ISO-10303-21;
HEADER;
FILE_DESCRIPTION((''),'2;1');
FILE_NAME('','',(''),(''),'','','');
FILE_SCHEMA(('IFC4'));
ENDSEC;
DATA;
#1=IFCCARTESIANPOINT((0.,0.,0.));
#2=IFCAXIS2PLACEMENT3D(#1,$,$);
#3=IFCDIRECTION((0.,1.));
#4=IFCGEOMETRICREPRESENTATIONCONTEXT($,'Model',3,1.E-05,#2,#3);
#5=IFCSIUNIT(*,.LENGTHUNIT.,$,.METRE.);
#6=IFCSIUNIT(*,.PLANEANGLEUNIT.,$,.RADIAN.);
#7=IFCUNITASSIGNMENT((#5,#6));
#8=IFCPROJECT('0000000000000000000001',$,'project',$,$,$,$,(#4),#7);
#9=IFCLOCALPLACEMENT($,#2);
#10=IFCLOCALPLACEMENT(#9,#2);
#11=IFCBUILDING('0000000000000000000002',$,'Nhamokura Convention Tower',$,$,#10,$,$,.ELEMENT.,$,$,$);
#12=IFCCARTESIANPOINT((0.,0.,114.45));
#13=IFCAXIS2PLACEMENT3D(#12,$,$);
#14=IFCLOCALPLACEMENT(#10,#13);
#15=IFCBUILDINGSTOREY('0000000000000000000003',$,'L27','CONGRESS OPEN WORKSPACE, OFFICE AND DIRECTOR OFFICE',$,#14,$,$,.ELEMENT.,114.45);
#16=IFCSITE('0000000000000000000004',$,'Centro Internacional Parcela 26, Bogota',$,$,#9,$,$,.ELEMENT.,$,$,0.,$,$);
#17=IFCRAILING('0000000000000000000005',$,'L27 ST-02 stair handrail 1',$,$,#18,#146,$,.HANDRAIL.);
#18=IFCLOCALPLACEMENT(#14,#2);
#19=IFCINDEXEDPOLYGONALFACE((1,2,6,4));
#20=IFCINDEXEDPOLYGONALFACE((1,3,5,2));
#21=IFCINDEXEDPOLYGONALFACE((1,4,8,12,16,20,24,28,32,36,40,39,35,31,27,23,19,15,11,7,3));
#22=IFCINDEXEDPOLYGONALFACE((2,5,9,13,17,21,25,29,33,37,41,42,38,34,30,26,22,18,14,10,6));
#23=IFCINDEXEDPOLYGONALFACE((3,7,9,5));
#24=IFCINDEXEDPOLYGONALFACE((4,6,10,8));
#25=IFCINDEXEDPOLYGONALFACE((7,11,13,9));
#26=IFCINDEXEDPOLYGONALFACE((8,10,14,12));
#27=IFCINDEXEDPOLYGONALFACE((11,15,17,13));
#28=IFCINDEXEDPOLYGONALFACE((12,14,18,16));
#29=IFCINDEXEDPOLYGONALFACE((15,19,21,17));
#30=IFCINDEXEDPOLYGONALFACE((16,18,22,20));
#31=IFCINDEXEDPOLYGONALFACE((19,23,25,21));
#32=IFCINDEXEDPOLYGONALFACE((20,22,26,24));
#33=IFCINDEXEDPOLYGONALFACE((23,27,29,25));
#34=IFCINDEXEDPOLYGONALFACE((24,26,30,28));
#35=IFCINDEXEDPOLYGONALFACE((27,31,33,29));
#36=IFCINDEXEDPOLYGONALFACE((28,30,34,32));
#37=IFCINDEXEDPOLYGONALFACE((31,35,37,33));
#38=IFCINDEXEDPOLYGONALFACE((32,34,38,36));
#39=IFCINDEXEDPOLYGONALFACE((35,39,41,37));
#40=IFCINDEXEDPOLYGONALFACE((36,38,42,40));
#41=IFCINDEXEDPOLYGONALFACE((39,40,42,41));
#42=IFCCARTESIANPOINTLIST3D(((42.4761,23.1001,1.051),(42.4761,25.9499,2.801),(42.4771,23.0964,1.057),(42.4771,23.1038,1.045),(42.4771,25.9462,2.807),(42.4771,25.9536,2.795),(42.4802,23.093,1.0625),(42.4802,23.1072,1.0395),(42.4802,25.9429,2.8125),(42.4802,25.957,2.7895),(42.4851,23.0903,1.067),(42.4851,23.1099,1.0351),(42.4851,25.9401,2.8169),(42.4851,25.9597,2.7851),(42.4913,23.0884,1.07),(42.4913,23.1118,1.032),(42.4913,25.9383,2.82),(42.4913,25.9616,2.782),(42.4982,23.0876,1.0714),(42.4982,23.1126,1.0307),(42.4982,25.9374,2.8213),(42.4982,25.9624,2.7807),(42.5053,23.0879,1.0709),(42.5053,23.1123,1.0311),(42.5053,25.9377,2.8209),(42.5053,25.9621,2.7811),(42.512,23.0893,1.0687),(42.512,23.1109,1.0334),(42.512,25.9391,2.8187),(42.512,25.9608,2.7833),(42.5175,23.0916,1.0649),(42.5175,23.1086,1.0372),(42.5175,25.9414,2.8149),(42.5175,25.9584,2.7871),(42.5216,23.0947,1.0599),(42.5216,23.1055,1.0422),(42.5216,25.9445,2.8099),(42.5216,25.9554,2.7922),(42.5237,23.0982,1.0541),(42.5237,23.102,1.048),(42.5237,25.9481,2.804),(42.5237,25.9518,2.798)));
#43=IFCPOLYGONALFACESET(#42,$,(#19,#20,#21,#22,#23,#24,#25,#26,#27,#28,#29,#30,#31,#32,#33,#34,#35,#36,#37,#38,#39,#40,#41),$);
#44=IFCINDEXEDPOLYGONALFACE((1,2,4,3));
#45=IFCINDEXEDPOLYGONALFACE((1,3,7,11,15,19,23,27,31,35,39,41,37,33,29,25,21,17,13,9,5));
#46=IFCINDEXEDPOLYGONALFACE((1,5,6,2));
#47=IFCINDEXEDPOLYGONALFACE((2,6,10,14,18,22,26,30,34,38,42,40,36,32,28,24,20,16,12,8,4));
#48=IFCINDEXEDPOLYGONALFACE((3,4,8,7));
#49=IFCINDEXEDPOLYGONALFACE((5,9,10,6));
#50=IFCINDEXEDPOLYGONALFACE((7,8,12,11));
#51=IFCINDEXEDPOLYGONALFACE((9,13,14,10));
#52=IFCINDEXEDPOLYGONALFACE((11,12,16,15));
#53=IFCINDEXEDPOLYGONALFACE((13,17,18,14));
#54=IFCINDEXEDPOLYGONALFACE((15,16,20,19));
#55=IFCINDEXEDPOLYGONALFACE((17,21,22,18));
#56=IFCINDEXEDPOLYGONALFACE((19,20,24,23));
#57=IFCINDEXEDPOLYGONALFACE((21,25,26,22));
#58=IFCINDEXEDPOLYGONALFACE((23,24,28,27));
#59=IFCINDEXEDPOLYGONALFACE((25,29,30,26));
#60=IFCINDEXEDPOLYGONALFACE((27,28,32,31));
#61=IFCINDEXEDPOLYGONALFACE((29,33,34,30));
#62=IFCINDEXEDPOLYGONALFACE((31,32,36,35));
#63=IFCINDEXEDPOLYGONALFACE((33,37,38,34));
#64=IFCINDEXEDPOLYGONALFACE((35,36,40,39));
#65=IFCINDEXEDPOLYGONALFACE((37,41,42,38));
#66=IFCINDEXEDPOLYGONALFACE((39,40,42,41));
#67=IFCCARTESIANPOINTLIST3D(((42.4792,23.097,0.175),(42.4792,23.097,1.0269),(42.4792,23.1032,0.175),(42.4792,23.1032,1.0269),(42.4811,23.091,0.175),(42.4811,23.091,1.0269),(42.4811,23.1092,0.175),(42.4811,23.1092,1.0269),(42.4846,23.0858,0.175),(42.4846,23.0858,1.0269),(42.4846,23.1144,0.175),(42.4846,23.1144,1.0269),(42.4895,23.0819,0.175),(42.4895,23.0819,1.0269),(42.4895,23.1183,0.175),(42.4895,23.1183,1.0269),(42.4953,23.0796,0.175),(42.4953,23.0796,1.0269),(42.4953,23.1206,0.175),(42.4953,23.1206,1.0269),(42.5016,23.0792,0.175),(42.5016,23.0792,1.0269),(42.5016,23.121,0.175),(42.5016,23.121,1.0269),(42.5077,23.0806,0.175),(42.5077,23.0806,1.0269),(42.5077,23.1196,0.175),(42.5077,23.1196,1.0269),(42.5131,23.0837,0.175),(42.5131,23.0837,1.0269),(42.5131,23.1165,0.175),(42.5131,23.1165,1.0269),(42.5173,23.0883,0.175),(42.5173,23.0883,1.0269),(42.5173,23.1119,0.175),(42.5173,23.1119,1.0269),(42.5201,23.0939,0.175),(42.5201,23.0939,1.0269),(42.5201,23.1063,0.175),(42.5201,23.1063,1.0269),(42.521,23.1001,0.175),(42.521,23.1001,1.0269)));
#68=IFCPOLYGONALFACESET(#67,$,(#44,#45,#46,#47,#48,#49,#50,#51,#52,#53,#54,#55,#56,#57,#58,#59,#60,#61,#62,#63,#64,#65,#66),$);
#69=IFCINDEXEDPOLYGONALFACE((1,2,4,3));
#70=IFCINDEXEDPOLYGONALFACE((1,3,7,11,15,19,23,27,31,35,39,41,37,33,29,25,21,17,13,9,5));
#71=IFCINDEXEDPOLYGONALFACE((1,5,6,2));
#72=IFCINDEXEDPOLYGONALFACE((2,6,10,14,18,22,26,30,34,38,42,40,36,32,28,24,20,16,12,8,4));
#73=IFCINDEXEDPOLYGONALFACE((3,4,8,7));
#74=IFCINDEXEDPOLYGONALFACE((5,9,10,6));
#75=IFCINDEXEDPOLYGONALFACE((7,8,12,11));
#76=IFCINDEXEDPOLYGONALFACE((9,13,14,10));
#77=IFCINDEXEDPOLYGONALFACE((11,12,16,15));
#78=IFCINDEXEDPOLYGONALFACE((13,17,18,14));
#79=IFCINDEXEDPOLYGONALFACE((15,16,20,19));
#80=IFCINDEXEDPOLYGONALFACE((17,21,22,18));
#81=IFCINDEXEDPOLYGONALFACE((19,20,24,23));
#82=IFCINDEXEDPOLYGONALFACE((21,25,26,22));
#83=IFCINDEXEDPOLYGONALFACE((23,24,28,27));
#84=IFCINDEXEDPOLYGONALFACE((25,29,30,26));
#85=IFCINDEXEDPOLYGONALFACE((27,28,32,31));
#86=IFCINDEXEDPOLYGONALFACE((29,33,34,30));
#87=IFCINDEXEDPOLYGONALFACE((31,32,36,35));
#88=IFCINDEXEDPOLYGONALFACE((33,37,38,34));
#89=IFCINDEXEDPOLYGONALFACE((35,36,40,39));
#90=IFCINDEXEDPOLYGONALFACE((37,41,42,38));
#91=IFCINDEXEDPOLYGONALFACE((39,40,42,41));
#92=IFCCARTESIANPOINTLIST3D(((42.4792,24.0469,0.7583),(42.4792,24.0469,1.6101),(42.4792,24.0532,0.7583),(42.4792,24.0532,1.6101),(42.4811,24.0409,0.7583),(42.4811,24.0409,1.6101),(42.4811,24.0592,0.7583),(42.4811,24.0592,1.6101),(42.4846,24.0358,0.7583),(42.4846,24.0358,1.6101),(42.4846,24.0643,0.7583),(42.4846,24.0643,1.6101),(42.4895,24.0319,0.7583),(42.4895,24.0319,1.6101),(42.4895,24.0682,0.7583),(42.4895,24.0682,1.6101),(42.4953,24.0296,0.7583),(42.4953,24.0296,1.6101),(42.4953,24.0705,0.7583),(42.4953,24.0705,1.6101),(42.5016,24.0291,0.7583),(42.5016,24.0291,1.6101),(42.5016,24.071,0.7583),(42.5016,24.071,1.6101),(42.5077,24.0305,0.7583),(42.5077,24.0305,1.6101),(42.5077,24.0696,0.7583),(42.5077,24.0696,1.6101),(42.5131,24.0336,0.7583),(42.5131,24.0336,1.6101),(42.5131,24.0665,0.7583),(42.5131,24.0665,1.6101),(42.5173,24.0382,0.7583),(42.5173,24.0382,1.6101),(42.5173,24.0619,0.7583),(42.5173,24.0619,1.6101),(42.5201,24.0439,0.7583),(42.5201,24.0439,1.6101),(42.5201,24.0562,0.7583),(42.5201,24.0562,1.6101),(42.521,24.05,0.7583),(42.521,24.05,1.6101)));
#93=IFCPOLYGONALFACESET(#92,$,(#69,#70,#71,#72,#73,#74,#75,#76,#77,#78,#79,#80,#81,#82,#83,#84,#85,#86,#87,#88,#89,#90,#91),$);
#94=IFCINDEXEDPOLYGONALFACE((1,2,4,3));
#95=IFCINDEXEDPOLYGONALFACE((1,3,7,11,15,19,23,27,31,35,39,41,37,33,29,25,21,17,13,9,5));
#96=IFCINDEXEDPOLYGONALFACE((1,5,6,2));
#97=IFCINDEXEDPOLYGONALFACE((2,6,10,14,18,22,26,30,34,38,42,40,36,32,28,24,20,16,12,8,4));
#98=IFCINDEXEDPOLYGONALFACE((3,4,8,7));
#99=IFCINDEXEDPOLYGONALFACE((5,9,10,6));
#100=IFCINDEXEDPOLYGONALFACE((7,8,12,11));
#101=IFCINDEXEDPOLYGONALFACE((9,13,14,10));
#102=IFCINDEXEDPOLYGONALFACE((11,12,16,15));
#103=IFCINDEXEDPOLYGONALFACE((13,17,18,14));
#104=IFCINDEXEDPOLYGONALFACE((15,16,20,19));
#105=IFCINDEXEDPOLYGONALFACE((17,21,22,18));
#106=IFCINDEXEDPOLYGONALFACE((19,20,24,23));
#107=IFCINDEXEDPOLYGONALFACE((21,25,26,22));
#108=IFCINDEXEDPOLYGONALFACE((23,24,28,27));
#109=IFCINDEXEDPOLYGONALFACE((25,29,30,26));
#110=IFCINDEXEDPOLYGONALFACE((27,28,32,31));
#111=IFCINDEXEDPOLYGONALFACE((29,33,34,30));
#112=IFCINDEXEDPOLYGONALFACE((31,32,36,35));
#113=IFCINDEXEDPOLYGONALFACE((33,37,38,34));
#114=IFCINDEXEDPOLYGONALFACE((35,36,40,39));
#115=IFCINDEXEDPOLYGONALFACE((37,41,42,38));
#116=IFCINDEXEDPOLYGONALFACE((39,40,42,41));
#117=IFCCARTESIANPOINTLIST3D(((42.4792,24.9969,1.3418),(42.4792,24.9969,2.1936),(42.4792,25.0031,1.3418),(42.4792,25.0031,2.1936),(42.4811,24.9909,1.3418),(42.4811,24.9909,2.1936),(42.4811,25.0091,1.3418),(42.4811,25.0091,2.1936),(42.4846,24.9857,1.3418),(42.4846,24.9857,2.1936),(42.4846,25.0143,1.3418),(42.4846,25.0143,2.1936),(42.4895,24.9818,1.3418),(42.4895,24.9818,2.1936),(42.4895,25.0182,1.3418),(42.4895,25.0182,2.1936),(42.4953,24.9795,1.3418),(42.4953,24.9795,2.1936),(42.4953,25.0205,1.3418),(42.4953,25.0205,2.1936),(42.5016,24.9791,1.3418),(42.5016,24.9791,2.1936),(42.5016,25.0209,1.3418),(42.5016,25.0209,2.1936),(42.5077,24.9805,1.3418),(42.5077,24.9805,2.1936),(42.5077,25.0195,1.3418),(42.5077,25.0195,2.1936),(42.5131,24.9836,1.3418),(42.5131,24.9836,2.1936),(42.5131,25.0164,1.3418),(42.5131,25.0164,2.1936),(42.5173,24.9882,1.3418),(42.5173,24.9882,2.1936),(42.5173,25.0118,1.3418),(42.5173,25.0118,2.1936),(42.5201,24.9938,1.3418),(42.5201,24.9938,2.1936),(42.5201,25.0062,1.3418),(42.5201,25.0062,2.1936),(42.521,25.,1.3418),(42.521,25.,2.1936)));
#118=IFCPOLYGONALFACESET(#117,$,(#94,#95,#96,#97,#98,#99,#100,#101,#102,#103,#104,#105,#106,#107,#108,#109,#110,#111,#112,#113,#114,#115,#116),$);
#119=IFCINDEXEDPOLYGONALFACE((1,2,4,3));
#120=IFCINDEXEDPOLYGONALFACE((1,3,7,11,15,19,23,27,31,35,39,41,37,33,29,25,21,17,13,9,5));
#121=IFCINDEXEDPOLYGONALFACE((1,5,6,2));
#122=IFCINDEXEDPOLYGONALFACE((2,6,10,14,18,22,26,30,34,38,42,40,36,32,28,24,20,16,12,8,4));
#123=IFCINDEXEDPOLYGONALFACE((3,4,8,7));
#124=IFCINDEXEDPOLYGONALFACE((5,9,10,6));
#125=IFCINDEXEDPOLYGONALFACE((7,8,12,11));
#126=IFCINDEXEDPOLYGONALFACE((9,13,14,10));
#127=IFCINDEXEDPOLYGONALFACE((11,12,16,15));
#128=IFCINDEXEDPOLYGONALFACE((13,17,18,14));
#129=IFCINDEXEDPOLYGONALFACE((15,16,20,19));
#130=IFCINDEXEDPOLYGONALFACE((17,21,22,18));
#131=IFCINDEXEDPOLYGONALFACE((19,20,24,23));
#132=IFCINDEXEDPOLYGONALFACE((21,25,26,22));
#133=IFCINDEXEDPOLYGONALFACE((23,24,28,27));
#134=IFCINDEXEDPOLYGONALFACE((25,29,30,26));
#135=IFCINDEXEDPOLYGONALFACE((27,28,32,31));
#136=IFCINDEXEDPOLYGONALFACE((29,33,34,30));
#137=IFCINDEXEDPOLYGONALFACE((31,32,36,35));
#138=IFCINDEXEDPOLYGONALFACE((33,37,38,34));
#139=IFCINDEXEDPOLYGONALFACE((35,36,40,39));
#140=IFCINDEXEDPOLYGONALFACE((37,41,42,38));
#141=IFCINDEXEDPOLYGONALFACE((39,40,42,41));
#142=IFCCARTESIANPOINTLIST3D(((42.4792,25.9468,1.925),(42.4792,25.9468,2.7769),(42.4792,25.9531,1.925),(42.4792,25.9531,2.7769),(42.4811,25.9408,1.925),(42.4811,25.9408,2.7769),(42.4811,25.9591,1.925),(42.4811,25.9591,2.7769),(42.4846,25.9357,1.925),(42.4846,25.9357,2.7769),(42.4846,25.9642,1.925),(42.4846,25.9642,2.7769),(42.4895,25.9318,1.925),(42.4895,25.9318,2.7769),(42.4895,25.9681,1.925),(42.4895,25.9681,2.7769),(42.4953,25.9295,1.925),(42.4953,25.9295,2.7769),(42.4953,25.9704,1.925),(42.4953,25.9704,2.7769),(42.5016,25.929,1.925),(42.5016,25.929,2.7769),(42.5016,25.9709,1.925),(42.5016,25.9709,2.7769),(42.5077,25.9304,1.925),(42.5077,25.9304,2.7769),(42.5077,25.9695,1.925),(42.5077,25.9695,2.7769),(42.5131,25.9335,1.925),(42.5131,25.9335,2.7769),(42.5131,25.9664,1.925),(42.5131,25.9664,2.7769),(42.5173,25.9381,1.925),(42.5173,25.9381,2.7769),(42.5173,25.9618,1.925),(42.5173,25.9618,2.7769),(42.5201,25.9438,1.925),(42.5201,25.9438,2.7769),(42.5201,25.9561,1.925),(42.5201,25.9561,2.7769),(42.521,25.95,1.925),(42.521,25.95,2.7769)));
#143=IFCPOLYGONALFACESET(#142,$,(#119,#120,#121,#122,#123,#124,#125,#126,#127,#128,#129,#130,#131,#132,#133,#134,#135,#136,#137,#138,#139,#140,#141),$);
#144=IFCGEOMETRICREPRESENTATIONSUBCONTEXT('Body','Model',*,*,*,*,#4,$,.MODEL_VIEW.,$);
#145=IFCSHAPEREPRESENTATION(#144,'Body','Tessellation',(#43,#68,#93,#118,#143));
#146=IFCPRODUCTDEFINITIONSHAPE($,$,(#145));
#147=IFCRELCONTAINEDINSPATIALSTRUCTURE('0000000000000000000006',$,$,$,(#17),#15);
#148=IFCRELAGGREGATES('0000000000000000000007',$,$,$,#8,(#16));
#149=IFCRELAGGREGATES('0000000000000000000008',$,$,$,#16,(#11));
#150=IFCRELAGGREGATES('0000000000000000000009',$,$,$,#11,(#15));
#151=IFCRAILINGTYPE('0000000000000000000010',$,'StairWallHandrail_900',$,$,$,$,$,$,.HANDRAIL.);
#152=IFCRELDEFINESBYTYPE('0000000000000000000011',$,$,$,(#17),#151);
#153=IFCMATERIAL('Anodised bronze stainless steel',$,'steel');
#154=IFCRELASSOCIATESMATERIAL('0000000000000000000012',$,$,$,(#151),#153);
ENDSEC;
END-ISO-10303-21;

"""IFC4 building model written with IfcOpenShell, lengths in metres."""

from ifc_helpers import new_model, si_unit, direction, frame, origin, origin_2d, place, context, subcontext, project, spatial, circle, extrude, material, type_object, element, save


model = new_model("IFC4")

# Units and contexts
model_context = context("Model", 3, precision=1e-05, world=origin(), true_north=direction((0.0, 1.0)))
body_context = subcontext(model_context, "Body", "Model", "MODEL_VIEW")
ifc_project = project(units=[si_unit("LENGTHUNIT", "METRE"), si_unit("PLANEANGLEUNIT", "RADIAN")], contexts=[model_context])

# Site, building, storey
site_placement = place(None, origin())
site = spatial("IfcSite", under=ifc_project, at=site_placement, Name="Centro Internacional Parcela 26, Bogota", CompositionType="ELEMENT", RefElevation=0.0)
building_placement = place(site_placement, origin())
building = spatial("IfcBuilding", under=site, at=building_placement, Name="Nhamokura Convention Tower", CompositionType="ELEMENT")
storey_placement = place(building_placement, frame((0.0, 0.0, 114.45)))
storey = spatial("IfcBuildingStorey", under=building, at=storey_placement, Name="L27", Description="CONGRESS OPEN WORKSPACE, OFFICE AND DIRECTOR OFFICE", CompositionType="ELEMENT", Elevation=114.45)

# Railing
ifc_material_1 = material(Name="Anodised bronze stainless steel", Category="steel")
railing_type_1 = type_object("IfcRailingType", Name="StairWallHandrail_900", PredefinedType="HANDRAIL", material=ifc_material_1)
railing_1_placement = place(storey_placement, frame((42.5, 23.1001, 0.175)))
element("IfcRailing", 1, at=railing_1_placement, inside=storey, type_object=railing_type_1, Name="L27 ST-02 stair handrail 1", PredefinedType="HANDRAIL", context=body_context, shape_type="SweptSolid", body=[
    extrude(circle(Radius=0.0239, at=origin_2d()), frame((0.0, 0.0, 0.876), z_axis=(0.0, 0.852159, 0.523283), x_axis=(-1.0, 0.0, 0.0)), (0.0, 0.0, 1.0), 3.3442),
    extrude(circle(Radius=0.021, at=origin_2d()), origin(), (0.0, 0.0, 1.0), 0.8518),
    extrude(circle(Radius=0.021, at=origin_2d()), frame((0.0, 0.95, 0.5833)), (0.0, 0.0, 1.0), 0.8518),
    extrude(circle(Radius=0.021, at=origin_2d()), frame((0.0, 1.8999, 1.1667)), (0.0, 0.0, 1.0), 0.8518),
    extrude(circle(Radius=0.021, at=origin_2d()), frame((0.0, 2.8499, 1.75)), (0.0, 0.0, 1.0), 0.8518),
])

save(model, "model.ifc")
